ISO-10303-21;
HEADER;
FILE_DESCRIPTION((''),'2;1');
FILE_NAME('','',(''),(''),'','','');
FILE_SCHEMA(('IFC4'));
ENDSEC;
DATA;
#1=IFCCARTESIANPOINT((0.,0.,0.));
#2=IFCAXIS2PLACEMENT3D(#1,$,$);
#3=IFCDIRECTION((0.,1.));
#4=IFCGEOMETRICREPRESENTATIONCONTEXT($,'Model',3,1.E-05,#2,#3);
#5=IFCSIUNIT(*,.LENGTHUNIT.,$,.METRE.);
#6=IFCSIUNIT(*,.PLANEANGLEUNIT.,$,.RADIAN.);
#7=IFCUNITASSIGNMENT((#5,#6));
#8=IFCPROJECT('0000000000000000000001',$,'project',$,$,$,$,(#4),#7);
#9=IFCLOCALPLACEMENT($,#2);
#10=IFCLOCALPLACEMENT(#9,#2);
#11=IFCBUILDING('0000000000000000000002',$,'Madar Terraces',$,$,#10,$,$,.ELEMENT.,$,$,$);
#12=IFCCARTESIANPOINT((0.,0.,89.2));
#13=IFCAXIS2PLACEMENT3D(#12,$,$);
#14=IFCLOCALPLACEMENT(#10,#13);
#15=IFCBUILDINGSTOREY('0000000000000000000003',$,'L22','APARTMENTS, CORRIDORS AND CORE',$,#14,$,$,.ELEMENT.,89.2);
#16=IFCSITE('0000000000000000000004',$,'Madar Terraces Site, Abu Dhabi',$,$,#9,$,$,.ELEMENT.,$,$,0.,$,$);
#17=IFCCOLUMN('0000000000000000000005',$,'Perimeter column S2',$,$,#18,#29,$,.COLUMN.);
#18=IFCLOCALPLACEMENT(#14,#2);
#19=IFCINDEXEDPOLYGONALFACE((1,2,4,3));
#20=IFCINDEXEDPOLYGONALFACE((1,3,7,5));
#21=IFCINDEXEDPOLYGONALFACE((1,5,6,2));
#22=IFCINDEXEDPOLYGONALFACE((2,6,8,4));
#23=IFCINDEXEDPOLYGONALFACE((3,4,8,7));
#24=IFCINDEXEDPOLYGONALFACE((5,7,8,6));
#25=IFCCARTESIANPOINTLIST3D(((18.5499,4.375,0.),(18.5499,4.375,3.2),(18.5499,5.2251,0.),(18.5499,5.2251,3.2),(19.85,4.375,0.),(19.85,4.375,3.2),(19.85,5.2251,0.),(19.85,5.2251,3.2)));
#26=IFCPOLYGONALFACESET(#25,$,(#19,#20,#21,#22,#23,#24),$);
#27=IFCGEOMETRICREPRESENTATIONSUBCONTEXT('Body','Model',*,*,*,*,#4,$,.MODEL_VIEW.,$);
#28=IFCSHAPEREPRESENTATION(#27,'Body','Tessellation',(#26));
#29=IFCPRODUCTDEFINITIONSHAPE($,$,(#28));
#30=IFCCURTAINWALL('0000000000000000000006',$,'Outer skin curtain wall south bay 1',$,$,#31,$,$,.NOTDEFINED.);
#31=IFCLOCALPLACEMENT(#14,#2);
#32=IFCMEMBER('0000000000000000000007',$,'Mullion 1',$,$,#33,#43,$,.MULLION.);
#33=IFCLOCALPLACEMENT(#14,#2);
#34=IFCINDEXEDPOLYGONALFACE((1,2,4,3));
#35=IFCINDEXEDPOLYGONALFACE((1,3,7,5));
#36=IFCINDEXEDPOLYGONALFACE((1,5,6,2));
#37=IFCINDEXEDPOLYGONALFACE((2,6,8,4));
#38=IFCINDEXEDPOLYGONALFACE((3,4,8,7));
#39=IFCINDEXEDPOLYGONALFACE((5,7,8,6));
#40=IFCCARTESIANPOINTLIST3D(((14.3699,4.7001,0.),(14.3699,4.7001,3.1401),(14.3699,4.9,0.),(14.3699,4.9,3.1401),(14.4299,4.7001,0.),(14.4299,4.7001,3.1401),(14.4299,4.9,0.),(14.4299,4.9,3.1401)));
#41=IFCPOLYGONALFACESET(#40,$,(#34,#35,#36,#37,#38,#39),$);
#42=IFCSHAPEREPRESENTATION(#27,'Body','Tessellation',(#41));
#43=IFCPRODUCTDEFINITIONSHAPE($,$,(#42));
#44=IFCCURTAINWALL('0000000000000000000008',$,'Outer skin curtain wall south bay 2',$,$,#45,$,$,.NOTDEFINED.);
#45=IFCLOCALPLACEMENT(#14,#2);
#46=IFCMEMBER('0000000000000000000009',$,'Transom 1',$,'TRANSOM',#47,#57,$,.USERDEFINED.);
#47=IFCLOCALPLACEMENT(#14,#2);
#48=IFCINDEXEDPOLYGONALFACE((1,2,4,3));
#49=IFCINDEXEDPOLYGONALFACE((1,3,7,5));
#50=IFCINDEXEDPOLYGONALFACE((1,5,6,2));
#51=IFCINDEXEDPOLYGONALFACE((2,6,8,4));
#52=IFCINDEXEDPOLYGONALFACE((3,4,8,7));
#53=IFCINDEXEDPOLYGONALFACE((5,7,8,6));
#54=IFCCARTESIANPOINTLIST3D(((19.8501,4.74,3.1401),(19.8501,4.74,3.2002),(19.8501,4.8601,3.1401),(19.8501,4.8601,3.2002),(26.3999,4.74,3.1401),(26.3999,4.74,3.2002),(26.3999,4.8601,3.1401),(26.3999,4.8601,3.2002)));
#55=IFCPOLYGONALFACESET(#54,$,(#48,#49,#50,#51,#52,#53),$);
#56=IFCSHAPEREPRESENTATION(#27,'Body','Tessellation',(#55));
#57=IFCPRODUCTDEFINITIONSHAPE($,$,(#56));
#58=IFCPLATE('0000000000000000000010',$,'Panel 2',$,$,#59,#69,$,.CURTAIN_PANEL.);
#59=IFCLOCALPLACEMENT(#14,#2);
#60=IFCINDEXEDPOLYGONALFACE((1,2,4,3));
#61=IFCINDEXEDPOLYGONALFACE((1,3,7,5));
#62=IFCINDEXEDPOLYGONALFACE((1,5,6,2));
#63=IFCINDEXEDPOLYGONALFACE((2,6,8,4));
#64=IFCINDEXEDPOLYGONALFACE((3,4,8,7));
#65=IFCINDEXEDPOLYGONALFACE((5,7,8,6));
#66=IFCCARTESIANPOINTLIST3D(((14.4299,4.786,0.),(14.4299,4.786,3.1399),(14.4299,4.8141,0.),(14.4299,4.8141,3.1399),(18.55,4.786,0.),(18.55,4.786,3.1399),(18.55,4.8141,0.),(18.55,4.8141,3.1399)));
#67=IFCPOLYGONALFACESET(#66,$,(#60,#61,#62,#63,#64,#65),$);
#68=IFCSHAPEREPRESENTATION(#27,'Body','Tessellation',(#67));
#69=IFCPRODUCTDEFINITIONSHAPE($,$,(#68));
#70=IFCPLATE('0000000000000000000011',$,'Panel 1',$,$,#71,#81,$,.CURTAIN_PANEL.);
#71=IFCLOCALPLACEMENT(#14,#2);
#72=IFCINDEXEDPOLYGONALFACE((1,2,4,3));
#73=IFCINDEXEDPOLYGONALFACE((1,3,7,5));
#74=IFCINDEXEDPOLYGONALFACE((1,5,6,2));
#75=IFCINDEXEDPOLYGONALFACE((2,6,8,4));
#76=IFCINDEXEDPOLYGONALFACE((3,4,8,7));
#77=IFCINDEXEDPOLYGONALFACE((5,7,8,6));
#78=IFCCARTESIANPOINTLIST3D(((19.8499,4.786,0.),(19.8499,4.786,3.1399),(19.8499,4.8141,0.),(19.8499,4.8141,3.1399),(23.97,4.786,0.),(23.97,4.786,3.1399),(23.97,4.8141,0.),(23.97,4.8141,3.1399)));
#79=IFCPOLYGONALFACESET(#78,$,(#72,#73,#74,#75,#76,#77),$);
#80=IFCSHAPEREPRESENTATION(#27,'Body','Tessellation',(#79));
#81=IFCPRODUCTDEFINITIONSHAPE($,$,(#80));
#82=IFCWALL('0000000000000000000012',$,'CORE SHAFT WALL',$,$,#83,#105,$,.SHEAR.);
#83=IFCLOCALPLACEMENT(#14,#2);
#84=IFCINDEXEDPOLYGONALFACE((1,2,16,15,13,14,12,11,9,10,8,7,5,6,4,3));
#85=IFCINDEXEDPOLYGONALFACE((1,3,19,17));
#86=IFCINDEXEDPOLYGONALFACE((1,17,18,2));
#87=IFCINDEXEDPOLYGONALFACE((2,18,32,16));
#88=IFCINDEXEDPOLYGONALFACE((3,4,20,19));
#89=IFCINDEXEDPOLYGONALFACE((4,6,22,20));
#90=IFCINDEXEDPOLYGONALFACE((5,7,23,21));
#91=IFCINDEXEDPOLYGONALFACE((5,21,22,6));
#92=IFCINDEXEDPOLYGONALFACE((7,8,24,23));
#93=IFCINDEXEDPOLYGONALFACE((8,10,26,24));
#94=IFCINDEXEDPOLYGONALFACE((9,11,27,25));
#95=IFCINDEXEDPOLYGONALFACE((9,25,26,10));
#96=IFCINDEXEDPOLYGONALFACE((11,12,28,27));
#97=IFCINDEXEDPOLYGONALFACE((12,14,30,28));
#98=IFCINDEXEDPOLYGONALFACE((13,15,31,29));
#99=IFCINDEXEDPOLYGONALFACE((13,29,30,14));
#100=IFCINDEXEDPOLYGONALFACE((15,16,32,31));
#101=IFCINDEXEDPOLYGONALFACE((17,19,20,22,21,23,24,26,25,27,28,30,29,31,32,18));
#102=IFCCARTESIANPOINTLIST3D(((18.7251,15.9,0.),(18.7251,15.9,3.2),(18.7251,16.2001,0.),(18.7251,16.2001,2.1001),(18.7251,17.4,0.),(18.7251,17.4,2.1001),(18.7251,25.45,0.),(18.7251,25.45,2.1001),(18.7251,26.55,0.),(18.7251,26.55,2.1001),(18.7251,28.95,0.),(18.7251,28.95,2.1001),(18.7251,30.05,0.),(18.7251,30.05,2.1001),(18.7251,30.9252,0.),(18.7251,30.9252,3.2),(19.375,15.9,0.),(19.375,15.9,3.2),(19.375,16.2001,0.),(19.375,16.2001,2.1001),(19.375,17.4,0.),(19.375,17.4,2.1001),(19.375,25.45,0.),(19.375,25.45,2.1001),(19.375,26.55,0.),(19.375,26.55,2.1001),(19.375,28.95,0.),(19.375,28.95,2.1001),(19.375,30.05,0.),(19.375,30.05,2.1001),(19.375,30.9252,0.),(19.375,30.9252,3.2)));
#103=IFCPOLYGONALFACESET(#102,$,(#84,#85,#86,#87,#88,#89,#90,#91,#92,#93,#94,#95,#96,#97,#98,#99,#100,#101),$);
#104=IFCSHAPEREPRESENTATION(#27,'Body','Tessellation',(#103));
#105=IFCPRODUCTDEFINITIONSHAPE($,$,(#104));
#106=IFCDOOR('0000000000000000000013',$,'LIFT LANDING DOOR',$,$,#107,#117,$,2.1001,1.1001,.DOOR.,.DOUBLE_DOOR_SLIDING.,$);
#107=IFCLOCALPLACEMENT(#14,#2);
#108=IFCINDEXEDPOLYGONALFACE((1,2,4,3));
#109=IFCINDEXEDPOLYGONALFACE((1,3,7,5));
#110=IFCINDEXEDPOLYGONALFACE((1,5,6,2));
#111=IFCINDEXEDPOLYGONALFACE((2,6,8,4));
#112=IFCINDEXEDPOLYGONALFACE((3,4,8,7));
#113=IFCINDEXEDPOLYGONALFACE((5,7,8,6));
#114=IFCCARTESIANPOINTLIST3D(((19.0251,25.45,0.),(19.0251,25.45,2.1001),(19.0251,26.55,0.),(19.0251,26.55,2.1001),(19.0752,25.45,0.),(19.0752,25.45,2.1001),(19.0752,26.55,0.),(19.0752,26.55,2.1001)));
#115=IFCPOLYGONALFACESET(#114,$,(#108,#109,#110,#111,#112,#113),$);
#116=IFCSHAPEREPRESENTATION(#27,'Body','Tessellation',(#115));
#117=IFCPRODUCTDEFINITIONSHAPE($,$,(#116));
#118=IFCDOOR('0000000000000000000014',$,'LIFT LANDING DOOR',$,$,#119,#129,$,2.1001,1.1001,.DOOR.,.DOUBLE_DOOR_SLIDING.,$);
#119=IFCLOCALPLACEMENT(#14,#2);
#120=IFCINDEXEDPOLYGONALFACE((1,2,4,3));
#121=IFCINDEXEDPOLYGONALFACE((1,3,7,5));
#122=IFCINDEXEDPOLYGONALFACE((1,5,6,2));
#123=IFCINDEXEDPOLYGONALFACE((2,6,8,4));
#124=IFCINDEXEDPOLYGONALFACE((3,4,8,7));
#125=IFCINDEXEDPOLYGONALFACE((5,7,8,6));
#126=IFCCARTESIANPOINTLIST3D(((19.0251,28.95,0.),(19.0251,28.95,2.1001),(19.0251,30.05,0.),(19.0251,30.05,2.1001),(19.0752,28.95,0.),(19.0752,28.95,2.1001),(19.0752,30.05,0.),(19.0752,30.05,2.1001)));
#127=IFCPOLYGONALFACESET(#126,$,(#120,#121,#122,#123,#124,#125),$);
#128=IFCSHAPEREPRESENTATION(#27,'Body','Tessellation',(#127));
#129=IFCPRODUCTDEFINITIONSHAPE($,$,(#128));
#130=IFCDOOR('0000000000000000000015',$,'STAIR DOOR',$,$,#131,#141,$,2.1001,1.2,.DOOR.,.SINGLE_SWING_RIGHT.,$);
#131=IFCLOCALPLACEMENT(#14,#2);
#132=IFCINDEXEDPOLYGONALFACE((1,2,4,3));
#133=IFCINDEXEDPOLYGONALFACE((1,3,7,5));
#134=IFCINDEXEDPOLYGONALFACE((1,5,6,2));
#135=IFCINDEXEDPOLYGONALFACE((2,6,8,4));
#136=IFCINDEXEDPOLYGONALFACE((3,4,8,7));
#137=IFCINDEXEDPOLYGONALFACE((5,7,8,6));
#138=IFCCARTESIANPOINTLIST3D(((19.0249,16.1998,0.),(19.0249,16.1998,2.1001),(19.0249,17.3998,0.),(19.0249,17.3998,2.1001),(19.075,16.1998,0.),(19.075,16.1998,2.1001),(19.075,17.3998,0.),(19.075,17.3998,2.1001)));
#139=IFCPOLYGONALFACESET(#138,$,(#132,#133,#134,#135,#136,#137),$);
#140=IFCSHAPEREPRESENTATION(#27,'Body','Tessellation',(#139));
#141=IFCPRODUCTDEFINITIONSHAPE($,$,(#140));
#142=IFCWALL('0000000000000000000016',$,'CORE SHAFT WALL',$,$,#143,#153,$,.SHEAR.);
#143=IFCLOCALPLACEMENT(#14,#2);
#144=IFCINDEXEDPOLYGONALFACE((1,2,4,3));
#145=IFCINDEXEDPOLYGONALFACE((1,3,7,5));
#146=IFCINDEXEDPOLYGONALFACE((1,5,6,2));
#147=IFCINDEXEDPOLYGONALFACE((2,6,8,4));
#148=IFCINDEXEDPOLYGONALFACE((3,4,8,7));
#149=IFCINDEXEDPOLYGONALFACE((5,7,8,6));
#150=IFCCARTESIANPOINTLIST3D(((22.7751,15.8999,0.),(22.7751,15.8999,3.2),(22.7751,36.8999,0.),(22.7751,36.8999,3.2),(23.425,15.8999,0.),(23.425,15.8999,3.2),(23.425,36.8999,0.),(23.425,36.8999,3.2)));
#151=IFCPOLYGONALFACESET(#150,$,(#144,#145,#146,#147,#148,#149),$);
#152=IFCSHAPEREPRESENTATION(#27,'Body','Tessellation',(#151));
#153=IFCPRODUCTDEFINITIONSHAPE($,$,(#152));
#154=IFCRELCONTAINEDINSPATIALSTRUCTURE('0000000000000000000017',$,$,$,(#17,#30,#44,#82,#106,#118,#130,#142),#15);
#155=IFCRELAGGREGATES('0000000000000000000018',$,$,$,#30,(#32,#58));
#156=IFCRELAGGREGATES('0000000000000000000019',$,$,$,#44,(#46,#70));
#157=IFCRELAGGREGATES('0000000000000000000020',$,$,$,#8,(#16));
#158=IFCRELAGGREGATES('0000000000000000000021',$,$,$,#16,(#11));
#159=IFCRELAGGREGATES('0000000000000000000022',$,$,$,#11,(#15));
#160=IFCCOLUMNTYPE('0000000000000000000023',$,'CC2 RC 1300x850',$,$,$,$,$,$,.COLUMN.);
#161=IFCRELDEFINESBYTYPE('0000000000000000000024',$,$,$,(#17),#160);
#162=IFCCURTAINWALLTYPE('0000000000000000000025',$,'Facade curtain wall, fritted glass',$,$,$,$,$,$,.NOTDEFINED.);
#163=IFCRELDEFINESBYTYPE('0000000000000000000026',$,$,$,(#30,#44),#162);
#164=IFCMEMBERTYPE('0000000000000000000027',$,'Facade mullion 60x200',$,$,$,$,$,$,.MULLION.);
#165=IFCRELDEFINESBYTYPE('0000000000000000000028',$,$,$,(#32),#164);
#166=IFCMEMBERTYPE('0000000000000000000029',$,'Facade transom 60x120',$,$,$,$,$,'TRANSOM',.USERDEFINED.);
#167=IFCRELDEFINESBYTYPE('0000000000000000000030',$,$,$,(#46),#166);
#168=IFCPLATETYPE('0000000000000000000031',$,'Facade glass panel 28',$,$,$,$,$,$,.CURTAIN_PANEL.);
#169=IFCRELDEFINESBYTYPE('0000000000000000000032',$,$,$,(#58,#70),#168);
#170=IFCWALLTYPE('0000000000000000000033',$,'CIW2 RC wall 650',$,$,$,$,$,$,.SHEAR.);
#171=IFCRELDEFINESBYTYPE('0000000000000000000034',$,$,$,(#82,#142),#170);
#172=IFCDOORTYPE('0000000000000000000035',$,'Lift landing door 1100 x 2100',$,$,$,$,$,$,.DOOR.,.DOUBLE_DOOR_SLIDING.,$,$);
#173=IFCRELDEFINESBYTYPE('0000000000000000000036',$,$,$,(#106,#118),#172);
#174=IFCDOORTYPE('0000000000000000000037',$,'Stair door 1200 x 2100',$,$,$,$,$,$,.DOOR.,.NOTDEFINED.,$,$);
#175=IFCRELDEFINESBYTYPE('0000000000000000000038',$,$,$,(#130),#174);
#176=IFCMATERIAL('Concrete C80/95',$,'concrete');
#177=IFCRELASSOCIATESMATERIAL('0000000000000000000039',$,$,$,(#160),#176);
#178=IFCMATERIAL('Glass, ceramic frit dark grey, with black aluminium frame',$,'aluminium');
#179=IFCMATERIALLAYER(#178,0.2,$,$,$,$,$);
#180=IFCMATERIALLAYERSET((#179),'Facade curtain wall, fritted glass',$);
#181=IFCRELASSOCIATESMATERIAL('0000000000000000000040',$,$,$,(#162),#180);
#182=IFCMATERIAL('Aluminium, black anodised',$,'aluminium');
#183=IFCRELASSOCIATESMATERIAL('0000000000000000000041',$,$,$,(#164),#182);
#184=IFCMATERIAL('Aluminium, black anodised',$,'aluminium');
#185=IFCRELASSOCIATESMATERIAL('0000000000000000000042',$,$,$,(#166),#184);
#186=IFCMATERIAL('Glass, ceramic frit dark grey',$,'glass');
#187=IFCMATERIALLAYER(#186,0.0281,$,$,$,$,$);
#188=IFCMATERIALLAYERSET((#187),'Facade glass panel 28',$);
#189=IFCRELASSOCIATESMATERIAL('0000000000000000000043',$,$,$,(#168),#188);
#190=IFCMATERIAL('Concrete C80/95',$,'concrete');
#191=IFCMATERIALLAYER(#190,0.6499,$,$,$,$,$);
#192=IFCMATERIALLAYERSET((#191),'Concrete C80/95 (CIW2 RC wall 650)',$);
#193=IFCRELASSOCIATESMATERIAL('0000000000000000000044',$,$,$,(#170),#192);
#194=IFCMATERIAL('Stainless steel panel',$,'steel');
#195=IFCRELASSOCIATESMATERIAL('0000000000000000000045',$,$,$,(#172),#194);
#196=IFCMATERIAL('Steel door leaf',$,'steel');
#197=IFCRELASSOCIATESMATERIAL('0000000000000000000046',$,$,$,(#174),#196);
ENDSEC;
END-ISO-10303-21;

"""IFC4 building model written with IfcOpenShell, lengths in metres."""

from ifc_helpers import new_model, si_unit, direction, frame, frame_2d, origin, origin_2d, place, context, subcontext, project, spatial, rectangle, extrude, material, layer, layer_set, material_profile, profile_set, type_object, element, fill, aggregate, save


model = new_model("IFC4")

# Units and contexts
model_context = context("Model", 3, precision=1e-05, world=origin(), true_north=direction((0.0, 1.0)))
body_context = subcontext(model_context, "Body", "Model", "MODEL_VIEW")
ifc_project = project(units=[si_unit("LENGTHUNIT", "METRE"), si_unit("PLANEANGLEUNIT", "RADIAN")], contexts=[model_context])

# Site, building, storey
site_placement = place(None, origin())
site = spatial("IfcSite", under=ifc_project, at=site_placement, Name="Madar Terraces Site, Abu Dhabi", CompositionType="ELEMENT", RefElevation=0.0)
building_placement = place(site_placement, origin())
building = spatial("IfcBuilding", under=site, at=building_placement, Name="Madar Terraces", CompositionType="ELEMENT")
storey_placement = place(building_placement, frame((0.0, 0.0, 89.2)))
storey = spatial("IfcBuildingStorey", under=building, at=storey_placement, Name="L22", Description="APARTMENTS, CORRIDORS AND CORE", CompositionType="ELEMENT", Elevation=89.2)

# Column
ifc_material_1 = material(Name="Concrete C80/95", Category="concrete")
ifc_material_profile_1 = material_profile(ifc_material_1, rectangle(XDim=1.3, YDim=0.8501, at=origin_2d()), Name="CC2 RC 1300x850")
ifc_profile_set_1 = profile_set([ifc_material_profile_1], Name="Concrete C80/95")
column_type = type_object("IfcColumnType", Name="CC2 RC 1300x850", PredefinedType="COLUMN", material=ifc_profile_set_1)
column_placement = place(storey_placement, frame((19.2, 4.8, 0.0), z_axis=(0.0, 0.0, 1.0), x_axis=(1.0, 0.0, 0.0)))
element("IfcColumn", 1, at=column_placement, inside=storey, type_object=column_type, Name="Perimeter column S2", PredefinedType="COLUMN", context=body_context, shape_type="SweptSolid", body=[
    extrude(rectangle(XDim=1.3, YDim=0.8501, at=origin_2d()), origin(), (0.0, 0.0, 1.0), 3.2),
])

# Curtain walls, members
ifc_material_2 = material(Name="Glass, ceramic frit dark grey, with black aluminium frame", Category="aluminium")
ifc_layer_1 = layer(ifc_material_2, 0.2)
ifc_layer_set_1 = layer_set([ifc_layer_1], Name="Facade curtain wall, fritted glass")
curtain_wall_type = type_object("IfcCurtainWallType", Name="Facade curtain wall, fritted glass", PredefinedType="NOTDEFINED", material=ifc_layer_set_1)
curtain_wall_1_placement = place(storey_placement, origin())
curtain_wall_1 = element("IfcCurtainWall", 2, at=curtain_wall_1_placement, inside=storey, type_object=curtain_wall_type, Name="Outer skin curtain wall south bay 1", PredefinedType="NOTDEFINED")
ifc_material_3 = material(Name="Aluminium, black anodised", Category="aluminium")
ifc_material_profile_2 = material_profile(ifc_material_3, rectangle(XDim=0.2, YDim=0.0601, at=origin_2d()), Name="Facade mullion 60x200")
ifc_profile_set_2 = profile_set([ifc_material_profile_2], Name="Aluminium, black anodised")
member_type_1 = type_object("IfcMemberType", Name="Facade mullion 60x200", PredefinedType="MULLION", material=ifc_profile_set_2)
member_1_placement = place(storey_placement, frame((14.3999, 4.8, 0.0), z_axis=(0.0, 0.0, 1.0), x_axis=(0.0, 1.0, 0.0)))
member_1 = element("IfcMember", 3, at=member_1_placement, type_object=member_type_1, Name="Mullion 1", PredefinedType="MULLION", context=body_context, shape_type="SweptSolid", body=[
    extrude(rectangle(XDim=0.2, YDim=0.0601, at=origin_2d()), origin(), (0.0, 0.0, 1.0), 3.1401),
])
curtain_wall_2_placement = place(storey_placement, origin())
curtain_wall_2 = element("IfcCurtainWall", 4, at=curtain_wall_2_placement, inside=storey, type_object=curtain_wall_type, Name="Outer skin curtain wall south bay 2", PredefinedType="NOTDEFINED")
ifc_material_4 = material(Name="Aluminium, black anodised", Category="aluminium")
ifc_material_profile_3 = material_profile(ifc_material_4, rectangle(XDim=0.1201, YDim=0.0601, at=origin_2d()), Name="Facade transom 60x120")
ifc_profile_set_3 = profile_set([ifc_material_profile_3], Name="Aluminium, black anodised")
member_type_2 = type_object("IfcMemberType", Name="Facade transom 60x120", ElementType="TRANSOM", PredefinedType="USERDEFINED", material=ifc_profile_set_3)
member_2_placement = place(storey_placement, frame((19.8501, 4.8, 3.1702), z_axis=(1.0, 0.0, 0.0), x_axis=(0.0, 1.0, 0.0)))
member_2 = element("IfcMember", 5, at=member_2_placement, type_object=member_type_2, Name="Transom 1", ObjectType="TRANSOM", PredefinedType="USERDEFINED", context=body_context, shape_type="SweptSolid", body=[
    extrude(rectangle(XDim=0.1201, YDim=0.0601, at=origin_2d()), origin(), (0.0, 0.0, 1.0), 6.5498),
])

# Plates
ifc_material_5 = material(Name="Glass, ceramic frit dark grey", Category="glass")
ifc_layer_2 = layer(ifc_material_5, 0.0281)
ifc_layer_set_2 = layer_set([ifc_layer_2], Name="Facade glass panel 28")
plate_type = type_object("IfcPlateType", Name="Facade glass panel 28", PredefinedType="CURTAIN_PANEL", material=ifc_layer_set_2)
plate_1_placement = place(storey_placement, frame((16.49, 4.8, 0.0), z_axis=(0.0, 0.0, 1.0), x_axis=(1.0, 0.0, 0.0)))
plate_1 = element("IfcPlate", 6, at=plate_1_placement, type_object=plate_type, Name="Panel 2", PredefinedType="CURTAIN_PANEL", context=body_context, shape_type="SweptSolid", body=[
    extrude(rectangle(XDim=4.1201, YDim=0.0281, at=origin_2d()), origin(), (0.0, 0.0, 1.0), 3.1399),
])
aggregate(curtain_wall_1, [member_1, plate_1])
plate_2_placement = place(storey_placement, frame((21.9099, 4.8, 0.0), z_axis=(0.0, 0.0, 1.0), x_axis=(1.0, 0.0, 0.0)))
plate_2 = element("IfcPlate", 7, at=plate_2_placement, type_object=plate_type, Name="Panel 1", PredefinedType="CURTAIN_PANEL", context=body_context, shape_type="SweptSolid", body=[
    extrude(rectangle(XDim=4.1201, YDim=0.0281, at=origin_2d()), origin(), (0.0, 0.0, 1.0), 3.1399),
])
aggregate(curtain_wall_2, [member_2, plate_2])

# Wall, openings, doors
ifc_material_6 = material(Name="Concrete C80/95", Category="concrete")
ifc_layer_3 = layer(ifc_material_6, 0.6499)
ifc_layer_set_3 = layer_set([ifc_layer_3], Name="Concrete C80/95 (CIW2 RC wall 650)")
wall_type_1 = type_object("IfcWallType", Name="CIW2 RC wall 650", PredefinedType="SHEAR", material=ifc_layer_set_3)
wall_1_placement = place(storey_placement, frame((19.05, 15.8999, 0.0), z_axis=(0.0, 0.0, 1.0), x_axis=(0.0, 1.0, 0.0)))
wall_1 = element("IfcWall", 8, at=wall_1_placement, inside=storey, type_object=wall_type_1, Name="CORE SHAFT WALL", PredefinedType="SHEAR", context=body_context, shape_type="SweptSolid", body=[
    extrude(rectangle(XDim=15.0251, YDim=0.6499, at=frame_2d((7.5127, 0.0))), origin(), (0.0, 0.0, 1.0), 3.2),
])
opening_1_placement = place(wall_1_placement, frame((9.55, 0.0, 0.0)))
opening_1 = element("IfcOpeningElement", 9, at=opening_1_placement, cuts=wall_1, PredefinedType="OPENING", context=body_context, shape_type="SweptSolid", body=[
    extrude(rectangle(XDim=1.1001, YDim=2.1001, at=frame_2d((0.55, 1.05))), frame((0.0, 0.335, 0.0), z_axis=(0.0, -1.0, 0.0), x_axis=(1.0, 0.0, 0.0)), (0.0, 0.0, 1.0), 0.6699),
])
opening_2_placement = place(wall_1_placement, frame((13.05, 0.0, 0.0)))
opening_2 = element("IfcOpeningElement", 10, at=opening_2_placement, cuts=wall_1, PredefinedType="OPENING", context=body_context, shape_type="SweptSolid", body=[
    extrude(rectangle(XDim=1.1001, YDim=2.1001, at=frame_2d((0.55, 1.05))), frame((0.0, 0.335, 0.0), z_axis=(0.0, -1.0, 0.0), x_axis=(1.0, 0.0, 0.0)), (0.0, 0.0, 1.0), 0.6699),
])
opening_3_placement = place(wall_1_placement, frame((0.3, 0.0, 0.0)))
opening_3 = element("IfcOpeningElement", 11, at=opening_3_placement, cuts=wall_1, PredefinedType="OPENING", context=body_context, shape_type="SweptSolid", body=[
    extrude(rectangle(XDim=1.2, YDim=2.1001, at=frame_2d((0.6001, 1.05))), frame((0.0, 0.335, 0.0), z_axis=(0.0, -1.0, 0.0), x_axis=(1.0, 0.0, 0.0)), (0.0, 0.0, 1.0), 0.6699),
])
ifc_material_7 = material(Name="Stainless steel panel", Category="steel")
door_type_1 = type_object("IfcDoorType", Name="Lift landing door 1100 x 2100", OperationType="DOUBLE_DOOR_SLIDING", PredefinedType="DOOR", material=ifc_material_7)
door_1_placement = place(opening_1_placement, origin())
door_1 = element("IfcDoor", 12, at=door_1_placement, inside=storey, type_object=door_type_1, Name="LIFT LANDING DOOR", OperationType="DOUBLE_DOOR_SLIDING", OverallHeight=2.1001, OverallWidth=1.1001, PredefinedType="DOOR", context=body_context, shape_type="SweptSolid", body=[
    extrude(rectangle(XDim=1.1001, YDim=2.1001, at=frame_2d((0.55, 1.05))), frame((0.0, 0.0249, 0.0), z_axis=(0.0, -1.0, 0.0), x_axis=(1.0, 0.0, 0.0)), (0.0, 0.0, 1.0), 0.05),
])
fill(opening_1, door_1)
door_2_placement = place(opening_2_placement, origin())
door_2 = element("IfcDoor", 13, at=door_2_placement, inside=storey, type_object=door_type_1, Name="LIFT LANDING DOOR", OperationType="DOUBLE_DOOR_SLIDING", OverallHeight=2.1001, OverallWidth=1.1001, PredefinedType="DOOR", context=body_context, shape_type="SweptSolid", body=[
    extrude(rectangle(XDim=1.1001, YDim=2.1001, at=frame_2d((0.55, 1.05))), frame((0.0, 0.0249, 0.0), z_axis=(0.0, -1.0, 0.0), x_axis=(1.0, 0.0, 0.0)), (0.0, 0.0, 1.0), 0.05),
])
fill(opening_2, door_2)
ifc_material_8 = material(Name="Steel door leaf", Category="steel")
door_type_2 = type_object("IfcDoorType", Name="Stair door 1200 x 2100", OperationType="NOTDEFINED", PredefinedType="DOOR", material=ifc_material_8)
door_3_placement = place(opening_3_placement, frame((1.2, 0.0, 0.0), z_axis=(0.0, 0.0, 1.0), x_axis=(-1.0, 0.0, 0.0)))
door_3 = element("IfcDoor", 14, at=door_3_placement, inside=storey, type_object=door_type_2, Name="STAIR DOOR", OperationType="SINGLE_SWING_RIGHT", OverallHeight=2.1001, OverallWidth=1.2, PredefinedType="DOOR", context=body_context, shape_type="SweptSolid", body=[
    extrude(rectangle(XDim=1.2, YDim=2.1001, at=frame_2d((0.6001, 1.05))), frame((0.0, 0.0249, 0.0), z_axis=(0.0, -1.0, 0.0), x_axis=(1.0, 0.0, 0.0)), (0.0, 0.0, 1.0), 0.05),
])
fill(opening_3, door_3)

# Wall
wall_2_placement = place(storey_placement, frame((23.1001, 15.8999, 0.0), z_axis=(0.0, 0.0, 1.0), x_axis=(0.0, 1.0, 0.0)))
element("IfcWall", 15, at=wall_2_placement, inside=storey, type_object=wall_type_1, Name="CORE SHAFT WALL", PredefinedType="SHEAR", context=body_context, shape_type="SweptSolid", body=[
    extrude(rectangle(XDim=21.0, YDim=0.6499, at=frame_2d((10.5, 0.0))), origin(), (0.0, 0.0, 1.0), 3.2),
])

save(model, "model.ifc")
